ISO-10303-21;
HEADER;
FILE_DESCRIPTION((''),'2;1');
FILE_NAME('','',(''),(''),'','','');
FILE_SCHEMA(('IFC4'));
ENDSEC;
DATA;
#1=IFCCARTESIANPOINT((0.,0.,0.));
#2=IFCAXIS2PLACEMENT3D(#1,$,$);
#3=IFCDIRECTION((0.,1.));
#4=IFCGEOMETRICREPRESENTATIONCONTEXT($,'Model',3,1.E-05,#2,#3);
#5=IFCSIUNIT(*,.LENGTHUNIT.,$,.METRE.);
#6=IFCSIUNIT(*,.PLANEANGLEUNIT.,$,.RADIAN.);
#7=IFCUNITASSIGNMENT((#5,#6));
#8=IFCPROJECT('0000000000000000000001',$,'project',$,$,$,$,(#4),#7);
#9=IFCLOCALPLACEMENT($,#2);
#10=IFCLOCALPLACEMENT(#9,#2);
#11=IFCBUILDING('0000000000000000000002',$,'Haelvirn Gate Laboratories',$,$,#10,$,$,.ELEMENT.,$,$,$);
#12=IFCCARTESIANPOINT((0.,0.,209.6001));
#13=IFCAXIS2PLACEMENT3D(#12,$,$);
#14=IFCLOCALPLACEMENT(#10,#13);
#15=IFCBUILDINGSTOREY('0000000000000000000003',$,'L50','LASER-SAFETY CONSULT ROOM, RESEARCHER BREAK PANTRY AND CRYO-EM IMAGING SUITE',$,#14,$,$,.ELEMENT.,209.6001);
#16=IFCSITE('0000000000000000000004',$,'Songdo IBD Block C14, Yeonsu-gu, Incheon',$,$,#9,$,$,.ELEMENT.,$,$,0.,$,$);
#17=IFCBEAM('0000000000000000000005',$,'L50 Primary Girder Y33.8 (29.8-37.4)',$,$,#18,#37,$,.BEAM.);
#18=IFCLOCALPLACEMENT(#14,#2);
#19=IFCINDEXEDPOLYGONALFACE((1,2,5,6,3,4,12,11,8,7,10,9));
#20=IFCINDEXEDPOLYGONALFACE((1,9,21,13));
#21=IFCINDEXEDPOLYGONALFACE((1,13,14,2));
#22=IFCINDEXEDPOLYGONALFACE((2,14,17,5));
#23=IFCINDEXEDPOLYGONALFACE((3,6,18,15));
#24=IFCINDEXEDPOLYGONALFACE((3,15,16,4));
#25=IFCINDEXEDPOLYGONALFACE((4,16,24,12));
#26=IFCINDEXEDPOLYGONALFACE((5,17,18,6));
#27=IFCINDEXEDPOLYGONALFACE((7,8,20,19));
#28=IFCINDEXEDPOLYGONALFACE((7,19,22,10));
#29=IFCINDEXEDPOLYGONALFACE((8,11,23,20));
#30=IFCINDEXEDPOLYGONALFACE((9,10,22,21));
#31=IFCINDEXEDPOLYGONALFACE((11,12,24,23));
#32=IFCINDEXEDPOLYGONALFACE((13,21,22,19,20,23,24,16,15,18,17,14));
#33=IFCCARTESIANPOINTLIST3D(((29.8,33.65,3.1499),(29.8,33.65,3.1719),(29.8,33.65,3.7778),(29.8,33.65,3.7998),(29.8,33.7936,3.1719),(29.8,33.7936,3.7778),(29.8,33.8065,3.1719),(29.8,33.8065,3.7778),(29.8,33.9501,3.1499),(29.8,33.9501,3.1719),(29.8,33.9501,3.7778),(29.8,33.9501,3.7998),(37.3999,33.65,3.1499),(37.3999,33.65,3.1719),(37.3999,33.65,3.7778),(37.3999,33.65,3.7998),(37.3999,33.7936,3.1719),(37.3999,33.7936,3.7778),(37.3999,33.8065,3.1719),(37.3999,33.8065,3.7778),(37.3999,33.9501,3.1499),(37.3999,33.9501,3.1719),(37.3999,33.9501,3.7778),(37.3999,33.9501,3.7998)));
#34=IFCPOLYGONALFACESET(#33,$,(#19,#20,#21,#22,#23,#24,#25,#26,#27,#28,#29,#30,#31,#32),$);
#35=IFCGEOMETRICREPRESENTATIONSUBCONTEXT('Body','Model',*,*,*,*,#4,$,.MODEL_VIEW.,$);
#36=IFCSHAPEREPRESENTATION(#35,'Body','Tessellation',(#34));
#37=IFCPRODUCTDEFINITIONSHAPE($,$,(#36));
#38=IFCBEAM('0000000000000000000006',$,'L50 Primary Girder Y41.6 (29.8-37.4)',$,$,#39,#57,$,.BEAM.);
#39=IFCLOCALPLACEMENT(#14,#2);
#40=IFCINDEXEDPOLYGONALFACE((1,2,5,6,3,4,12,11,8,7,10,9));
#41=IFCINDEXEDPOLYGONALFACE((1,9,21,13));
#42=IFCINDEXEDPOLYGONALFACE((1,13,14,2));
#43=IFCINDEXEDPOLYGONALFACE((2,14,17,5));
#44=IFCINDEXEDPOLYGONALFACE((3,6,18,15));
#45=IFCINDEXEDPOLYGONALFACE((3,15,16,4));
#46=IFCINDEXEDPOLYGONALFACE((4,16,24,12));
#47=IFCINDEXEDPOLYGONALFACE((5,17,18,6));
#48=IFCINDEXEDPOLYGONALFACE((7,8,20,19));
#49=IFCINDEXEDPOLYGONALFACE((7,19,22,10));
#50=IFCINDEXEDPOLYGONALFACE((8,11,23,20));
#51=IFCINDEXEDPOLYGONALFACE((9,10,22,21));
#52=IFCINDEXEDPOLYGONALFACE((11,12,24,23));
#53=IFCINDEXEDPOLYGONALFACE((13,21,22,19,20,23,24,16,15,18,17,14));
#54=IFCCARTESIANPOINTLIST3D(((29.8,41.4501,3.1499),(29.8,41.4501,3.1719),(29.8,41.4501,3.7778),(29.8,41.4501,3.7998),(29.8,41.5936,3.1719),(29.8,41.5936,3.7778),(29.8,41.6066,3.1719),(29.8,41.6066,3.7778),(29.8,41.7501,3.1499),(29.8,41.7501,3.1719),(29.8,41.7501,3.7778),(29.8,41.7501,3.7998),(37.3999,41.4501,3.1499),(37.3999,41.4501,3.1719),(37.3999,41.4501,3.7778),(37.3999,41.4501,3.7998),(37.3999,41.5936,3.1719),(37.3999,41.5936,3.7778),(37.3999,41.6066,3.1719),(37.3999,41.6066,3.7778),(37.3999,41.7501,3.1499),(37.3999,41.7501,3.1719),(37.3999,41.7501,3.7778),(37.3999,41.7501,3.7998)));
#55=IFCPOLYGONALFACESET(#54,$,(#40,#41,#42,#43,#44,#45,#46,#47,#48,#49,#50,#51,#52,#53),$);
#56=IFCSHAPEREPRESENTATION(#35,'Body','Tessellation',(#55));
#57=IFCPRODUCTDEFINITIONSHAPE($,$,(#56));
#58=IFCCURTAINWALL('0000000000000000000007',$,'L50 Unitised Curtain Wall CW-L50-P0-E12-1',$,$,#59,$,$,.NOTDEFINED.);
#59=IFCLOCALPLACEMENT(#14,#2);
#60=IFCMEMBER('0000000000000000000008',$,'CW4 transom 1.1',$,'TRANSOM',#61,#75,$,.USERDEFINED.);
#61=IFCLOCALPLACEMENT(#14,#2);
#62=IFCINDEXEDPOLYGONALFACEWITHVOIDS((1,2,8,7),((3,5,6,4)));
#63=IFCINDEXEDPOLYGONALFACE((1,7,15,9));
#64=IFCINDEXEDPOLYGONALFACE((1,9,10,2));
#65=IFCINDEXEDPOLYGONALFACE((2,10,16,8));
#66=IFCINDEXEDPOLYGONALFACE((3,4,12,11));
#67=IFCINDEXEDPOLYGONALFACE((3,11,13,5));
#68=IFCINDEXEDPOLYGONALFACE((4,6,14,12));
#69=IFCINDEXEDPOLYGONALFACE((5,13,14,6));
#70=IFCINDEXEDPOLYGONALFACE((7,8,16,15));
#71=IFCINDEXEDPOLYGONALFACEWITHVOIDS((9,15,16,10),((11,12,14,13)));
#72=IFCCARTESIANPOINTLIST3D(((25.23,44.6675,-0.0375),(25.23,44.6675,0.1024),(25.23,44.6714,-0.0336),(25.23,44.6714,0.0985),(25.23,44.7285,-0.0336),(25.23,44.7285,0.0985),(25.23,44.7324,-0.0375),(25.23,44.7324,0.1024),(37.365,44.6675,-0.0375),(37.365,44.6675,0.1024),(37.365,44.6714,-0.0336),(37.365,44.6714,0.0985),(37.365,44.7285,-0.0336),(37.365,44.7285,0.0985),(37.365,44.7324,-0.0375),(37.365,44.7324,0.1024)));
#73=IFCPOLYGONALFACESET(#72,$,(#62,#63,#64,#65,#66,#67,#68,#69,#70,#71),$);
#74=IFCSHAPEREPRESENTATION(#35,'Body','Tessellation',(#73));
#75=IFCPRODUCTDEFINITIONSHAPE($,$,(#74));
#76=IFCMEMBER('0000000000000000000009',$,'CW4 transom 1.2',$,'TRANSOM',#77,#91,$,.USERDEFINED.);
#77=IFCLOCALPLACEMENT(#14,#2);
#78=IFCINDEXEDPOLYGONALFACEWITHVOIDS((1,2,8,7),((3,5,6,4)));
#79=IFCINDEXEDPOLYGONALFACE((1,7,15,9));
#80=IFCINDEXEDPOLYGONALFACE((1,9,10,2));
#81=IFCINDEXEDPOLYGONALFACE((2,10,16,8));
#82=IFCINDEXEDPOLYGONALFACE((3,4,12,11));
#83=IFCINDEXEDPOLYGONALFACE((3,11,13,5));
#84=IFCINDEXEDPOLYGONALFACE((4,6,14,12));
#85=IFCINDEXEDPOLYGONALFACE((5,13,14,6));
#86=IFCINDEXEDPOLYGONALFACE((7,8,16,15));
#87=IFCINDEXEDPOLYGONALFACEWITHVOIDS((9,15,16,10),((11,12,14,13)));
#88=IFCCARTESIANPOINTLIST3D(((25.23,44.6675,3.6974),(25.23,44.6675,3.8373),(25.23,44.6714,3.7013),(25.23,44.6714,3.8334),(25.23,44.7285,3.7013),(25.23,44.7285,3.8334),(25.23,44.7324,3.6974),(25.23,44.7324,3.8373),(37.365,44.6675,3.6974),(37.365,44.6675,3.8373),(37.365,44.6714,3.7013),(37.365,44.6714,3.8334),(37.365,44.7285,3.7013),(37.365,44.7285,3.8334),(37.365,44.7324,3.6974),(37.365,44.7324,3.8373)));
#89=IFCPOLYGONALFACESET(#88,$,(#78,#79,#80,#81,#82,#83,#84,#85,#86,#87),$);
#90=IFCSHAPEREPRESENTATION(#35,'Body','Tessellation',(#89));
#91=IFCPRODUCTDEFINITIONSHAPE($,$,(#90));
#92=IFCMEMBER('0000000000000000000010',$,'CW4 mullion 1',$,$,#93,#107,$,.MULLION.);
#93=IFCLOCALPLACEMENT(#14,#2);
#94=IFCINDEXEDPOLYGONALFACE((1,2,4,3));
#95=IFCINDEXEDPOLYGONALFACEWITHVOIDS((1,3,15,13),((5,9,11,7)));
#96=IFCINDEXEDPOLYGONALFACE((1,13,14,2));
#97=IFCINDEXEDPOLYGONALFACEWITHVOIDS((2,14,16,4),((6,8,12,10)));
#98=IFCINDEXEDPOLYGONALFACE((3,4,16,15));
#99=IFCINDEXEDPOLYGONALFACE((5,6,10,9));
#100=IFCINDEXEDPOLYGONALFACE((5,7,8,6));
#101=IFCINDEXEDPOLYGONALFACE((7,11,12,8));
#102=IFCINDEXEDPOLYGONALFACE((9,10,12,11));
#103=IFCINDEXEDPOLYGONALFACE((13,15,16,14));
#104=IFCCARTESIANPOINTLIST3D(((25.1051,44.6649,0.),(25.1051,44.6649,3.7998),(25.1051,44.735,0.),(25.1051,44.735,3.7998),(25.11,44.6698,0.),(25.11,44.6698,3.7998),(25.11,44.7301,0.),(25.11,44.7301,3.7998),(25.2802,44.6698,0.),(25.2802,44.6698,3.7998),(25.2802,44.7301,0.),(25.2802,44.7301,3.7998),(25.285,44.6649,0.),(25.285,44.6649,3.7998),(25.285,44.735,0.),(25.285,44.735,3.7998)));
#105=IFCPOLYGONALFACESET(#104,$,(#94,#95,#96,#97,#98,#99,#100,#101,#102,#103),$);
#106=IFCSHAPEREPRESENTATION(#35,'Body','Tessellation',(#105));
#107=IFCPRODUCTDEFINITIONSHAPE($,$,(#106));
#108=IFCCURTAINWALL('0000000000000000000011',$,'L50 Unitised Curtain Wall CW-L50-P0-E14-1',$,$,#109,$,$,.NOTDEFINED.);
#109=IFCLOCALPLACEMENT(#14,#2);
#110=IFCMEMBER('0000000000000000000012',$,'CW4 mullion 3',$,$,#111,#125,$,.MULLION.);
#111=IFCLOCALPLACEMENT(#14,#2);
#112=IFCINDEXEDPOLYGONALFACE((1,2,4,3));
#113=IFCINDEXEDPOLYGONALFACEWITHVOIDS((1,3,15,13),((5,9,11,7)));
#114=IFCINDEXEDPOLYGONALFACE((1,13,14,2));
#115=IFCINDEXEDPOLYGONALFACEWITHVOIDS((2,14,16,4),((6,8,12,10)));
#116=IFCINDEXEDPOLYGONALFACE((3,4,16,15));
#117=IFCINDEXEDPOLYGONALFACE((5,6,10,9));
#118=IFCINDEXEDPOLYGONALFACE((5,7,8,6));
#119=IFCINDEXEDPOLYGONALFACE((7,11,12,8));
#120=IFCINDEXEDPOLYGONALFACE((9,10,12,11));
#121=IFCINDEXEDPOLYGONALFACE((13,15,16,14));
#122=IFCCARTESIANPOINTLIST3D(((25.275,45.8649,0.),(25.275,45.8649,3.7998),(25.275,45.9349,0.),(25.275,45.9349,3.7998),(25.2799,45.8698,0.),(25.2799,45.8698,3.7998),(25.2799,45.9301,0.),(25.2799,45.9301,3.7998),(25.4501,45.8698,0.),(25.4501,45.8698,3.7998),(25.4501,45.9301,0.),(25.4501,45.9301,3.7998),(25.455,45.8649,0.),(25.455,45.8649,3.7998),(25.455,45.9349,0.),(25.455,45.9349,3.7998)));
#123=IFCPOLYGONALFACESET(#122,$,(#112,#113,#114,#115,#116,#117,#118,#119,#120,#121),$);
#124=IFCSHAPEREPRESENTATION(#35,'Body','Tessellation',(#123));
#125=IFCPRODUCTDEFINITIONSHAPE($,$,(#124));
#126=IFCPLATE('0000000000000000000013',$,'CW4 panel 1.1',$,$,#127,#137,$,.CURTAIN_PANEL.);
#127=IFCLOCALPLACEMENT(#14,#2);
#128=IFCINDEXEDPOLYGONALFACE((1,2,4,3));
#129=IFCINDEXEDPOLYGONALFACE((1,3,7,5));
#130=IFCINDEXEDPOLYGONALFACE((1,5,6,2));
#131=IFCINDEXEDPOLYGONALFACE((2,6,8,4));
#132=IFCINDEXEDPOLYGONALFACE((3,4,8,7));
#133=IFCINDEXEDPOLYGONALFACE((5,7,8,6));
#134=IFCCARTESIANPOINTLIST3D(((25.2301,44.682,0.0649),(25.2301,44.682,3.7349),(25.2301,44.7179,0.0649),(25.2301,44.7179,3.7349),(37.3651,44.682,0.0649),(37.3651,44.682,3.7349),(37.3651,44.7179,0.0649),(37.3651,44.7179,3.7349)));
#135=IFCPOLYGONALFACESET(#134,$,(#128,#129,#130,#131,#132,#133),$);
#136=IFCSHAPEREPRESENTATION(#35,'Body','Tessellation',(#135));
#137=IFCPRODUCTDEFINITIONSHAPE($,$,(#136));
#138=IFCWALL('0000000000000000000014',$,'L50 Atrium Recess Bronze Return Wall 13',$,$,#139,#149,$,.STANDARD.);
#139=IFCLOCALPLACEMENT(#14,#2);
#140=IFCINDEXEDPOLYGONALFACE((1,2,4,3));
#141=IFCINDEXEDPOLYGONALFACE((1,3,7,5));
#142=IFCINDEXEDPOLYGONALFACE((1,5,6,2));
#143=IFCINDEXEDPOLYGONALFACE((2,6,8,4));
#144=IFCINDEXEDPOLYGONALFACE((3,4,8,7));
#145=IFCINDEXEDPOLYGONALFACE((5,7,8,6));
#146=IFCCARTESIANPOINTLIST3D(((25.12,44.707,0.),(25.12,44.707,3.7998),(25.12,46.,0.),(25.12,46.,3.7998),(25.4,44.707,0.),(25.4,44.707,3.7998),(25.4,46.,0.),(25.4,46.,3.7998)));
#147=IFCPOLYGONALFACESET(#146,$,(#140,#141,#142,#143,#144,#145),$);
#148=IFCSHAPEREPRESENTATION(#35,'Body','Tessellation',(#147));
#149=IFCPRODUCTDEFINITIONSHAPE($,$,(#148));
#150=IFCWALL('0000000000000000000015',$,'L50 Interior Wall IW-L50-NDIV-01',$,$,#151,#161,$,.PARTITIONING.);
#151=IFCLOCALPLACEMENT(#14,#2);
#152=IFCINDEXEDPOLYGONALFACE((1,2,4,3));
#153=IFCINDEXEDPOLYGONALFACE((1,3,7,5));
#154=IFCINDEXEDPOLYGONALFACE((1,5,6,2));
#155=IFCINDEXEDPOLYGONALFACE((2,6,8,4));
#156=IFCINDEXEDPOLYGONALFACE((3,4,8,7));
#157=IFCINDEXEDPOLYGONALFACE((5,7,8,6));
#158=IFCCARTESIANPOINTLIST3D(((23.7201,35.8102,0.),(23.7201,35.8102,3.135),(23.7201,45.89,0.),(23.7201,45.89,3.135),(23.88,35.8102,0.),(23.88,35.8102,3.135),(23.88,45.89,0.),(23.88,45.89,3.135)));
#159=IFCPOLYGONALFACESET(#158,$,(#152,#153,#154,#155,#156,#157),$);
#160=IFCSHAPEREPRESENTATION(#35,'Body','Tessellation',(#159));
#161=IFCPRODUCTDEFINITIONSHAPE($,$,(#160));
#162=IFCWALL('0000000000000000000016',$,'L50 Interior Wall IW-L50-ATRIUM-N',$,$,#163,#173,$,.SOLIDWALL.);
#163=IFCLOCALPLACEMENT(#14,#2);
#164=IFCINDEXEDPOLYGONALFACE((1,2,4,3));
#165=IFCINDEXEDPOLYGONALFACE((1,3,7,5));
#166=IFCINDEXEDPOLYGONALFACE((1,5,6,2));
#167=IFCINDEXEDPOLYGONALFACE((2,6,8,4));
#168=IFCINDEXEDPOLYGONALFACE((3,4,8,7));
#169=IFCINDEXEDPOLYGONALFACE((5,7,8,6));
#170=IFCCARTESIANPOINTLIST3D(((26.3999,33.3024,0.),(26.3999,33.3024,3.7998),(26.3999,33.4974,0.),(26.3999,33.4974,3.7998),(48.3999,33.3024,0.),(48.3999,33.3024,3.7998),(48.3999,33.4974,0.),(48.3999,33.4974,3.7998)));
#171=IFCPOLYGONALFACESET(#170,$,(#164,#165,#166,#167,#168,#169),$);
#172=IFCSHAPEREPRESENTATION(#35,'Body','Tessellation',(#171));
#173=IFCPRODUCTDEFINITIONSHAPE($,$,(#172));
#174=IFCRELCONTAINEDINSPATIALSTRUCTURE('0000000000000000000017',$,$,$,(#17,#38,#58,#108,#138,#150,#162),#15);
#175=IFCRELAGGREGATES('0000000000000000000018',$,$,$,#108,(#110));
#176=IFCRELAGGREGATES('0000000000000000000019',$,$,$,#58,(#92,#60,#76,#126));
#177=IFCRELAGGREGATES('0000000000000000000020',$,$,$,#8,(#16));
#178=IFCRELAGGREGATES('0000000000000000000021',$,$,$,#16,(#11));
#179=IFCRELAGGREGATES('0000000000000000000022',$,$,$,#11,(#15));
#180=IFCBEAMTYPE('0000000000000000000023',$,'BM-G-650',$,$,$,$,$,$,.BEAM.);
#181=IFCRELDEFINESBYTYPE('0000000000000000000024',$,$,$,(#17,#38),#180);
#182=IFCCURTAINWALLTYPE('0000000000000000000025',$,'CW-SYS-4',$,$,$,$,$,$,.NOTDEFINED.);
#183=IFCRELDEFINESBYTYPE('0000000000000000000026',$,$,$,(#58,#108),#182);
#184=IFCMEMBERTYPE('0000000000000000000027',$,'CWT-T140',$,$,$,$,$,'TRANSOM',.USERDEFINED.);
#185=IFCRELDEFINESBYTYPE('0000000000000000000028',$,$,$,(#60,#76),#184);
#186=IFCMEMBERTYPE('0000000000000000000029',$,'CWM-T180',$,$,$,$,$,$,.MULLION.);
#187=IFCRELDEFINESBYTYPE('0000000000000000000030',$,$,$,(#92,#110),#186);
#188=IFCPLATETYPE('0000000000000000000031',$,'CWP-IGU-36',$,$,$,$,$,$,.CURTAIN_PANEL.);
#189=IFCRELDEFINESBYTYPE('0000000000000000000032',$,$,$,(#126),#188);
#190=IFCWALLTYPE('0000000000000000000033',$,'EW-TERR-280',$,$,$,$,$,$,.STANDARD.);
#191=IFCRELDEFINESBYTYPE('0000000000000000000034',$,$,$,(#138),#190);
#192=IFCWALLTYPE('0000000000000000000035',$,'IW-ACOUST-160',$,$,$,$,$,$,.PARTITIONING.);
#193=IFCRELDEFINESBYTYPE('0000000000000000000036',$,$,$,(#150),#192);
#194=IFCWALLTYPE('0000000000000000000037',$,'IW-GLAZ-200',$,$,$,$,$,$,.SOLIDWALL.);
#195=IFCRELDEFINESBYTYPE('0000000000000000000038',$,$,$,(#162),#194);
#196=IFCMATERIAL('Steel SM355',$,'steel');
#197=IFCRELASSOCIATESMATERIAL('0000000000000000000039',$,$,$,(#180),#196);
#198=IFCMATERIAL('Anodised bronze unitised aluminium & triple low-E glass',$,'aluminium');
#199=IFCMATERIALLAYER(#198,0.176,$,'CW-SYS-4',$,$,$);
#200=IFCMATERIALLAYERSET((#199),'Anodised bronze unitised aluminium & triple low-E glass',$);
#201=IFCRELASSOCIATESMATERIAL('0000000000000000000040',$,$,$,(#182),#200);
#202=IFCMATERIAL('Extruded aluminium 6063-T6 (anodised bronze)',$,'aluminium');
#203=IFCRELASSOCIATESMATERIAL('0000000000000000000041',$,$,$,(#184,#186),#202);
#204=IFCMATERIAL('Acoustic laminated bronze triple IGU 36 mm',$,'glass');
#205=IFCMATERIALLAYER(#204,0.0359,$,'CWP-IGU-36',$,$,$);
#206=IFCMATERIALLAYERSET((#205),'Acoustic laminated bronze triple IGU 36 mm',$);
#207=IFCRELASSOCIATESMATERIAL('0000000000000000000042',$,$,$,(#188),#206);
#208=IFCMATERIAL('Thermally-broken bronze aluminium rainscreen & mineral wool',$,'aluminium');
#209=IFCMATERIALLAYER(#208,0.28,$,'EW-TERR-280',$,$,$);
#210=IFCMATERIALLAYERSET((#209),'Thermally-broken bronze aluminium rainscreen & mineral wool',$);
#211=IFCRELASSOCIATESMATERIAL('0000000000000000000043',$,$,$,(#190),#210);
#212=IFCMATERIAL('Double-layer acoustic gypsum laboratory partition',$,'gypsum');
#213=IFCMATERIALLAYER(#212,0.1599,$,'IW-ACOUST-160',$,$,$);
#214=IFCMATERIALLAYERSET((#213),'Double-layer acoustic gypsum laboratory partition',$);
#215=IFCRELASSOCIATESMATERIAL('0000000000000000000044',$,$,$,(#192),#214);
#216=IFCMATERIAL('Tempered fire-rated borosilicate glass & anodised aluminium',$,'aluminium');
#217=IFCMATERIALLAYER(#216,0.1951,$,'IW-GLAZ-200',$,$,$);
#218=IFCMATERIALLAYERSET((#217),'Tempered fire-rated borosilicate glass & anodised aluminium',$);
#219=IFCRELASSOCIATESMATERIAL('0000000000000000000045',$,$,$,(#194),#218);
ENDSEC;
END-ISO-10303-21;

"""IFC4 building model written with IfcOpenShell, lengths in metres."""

from ifc_helpers import new_model, si_unit, direction, frame, frame_2d, origin, origin_2d, place, context, subcontext, project, spatial, rectangle, hollow_rectangle, i_section, extrude, source, transform, mapped, material, layer, layer_set, material_profile, profile_set, type_object, type_shapes, element, aggregate, save


model = new_model("IFC4")

# Units and contexts
model_context = context("Model", 3, precision=1e-05, world=origin(), true_north=direction((0.0, 1.0)))
body_context = subcontext(model_context, "Body", "Model", "MODEL_VIEW")
ifc_project = project(units=[si_unit("LENGTHUNIT", "METRE"), si_unit("PLANEANGLEUNIT", "RADIAN")], contexts=[model_context])

# Site, building, storey
site_placement = place(None, origin())
site = spatial("IfcSite", under=ifc_project, at=site_placement, Name="Songdo IBD Block C14, Yeonsu-gu, Incheon", CompositionType="ELEMENT", RefElevation=0.0)
building_placement = place(site_placement, origin())
building = spatial("IfcBuilding", under=site, at=building_placement, Name="Haelvirn Gate Laboratories", CompositionType="ELEMENT")
storey_placement = place(building_placement, frame((0.0, 0.0, 209.6001)))
storey = spatial("IfcBuildingStorey", under=building, at=storey_placement, Name="L50", Description="LASER-SAFETY CONSULT ROOM, RESEARCHER BREAK PANTRY AND CRYO-EM IMAGING SUITE", CompositionType="ELEMENT", Elevation=209.6001)

# Shared definitions
ifc_material_1 = material(Name="Steel SM355", Category="steel")

# Beams
ifc_material_profile_1 = material_profile(ifc_material_1, i_section(OverallWidth=0.3, OverallDepth=0.6499, WebThickness=0.0129, FlangeThickness=0.022, at=origin_2d()), Name="H-650x300x13x22")
ifc_profile_set_1 = profile_set([ifc_material_profile_1], Name="Steel SM355")
beam_type_1 = type_object("IfcBeamType", Name="BM-G-650", PredefinedType="BEAM", material=ifc_profile_set_1)
shared_shape_1 = source(origin(), body_context, "Body", "SweptSolid", [
    extrude(i_section(OverallWidth=0.3, OverallDepth=0.6499, WebThickness=0.0129, FlangeThickness=0.022, at=origin_2d()), origin(), (0.0, 0.0, 1.0), 7.5999),
])
for number, where, z_axis, x_axis, name in (
    (1, (29.8, 33.8, 3.4749), (1.0, 0.0, 0.0), (0.0, 1.0, 0.0), "L50 Primary Girder Y33.8 (29.8-37.4)"),
    (2, (29.8, 41.6001, 3.4749), (1.0, 0.0, 0.0), (0.0, 1.0, 0.0), "L50 Primary Girder Y41.6 (29.8-37.4)"),
):
    element("IfcBeam", number, at=place(storey_placement, frame(where, z_axis=z_axis, x_axis=x_axis)), inside=storey, type_object=beam_type_1, Name=name, PredefinedType="BEAM", context=body_context, shape_type="MappedRepresentation", body=[
        mapped(shared_shape_1, transform((0.0, 0.0, 0.0), scale=1.0)),
    ])

# Curtain wall, members
ifc_material_2 = material(Name="Anodised bronze unitised aluminium & triple low-E glass", Category="aluminium")
ifc_layer_1 = layer(ifc_material_2, 0.176, Name="CW-SYS-4")
ifc_layer_set_1 = layer_set([ifc_layer_1], Name="Anodised bronze unitised aluminium & triple low-E glass")
curtain_wall_type = type_object("IfcCurtainWallType", Name="CW-SYS-4", PredefinedType="NOTDEFINED", material=ifc_layer_set_1)
curtain_wall_1_placement = place(storey_placement, origin())
curtain_wall_1 = element("IfcCurtainWall", 3, at=curtain_wall_1_placement, inside=storey, type_object=curtain_wall_type, Name="L50 Unitised Curtain Wall CW-L50-P0-E12-1", PredefinedType="NOTDEFINED")
ifc_material_3 = material(Name="Extruded aluminium 6063-T6 (anodised bronze)", Category="aluminium")
ifc_material_profile_2 = material_profile(ifc_material_3, hollow_rectangle(XDim=0.0649, YDim=0.1399, WallThickness=0.0039, at=origin_2d()), Name="CWT-140x65x4")
ifc_profile_set_2 = profile_set([ifc_material_profile_2], Name="Extruded aluminium 6063-T6 (anodised bronze)")
member_type_1 = type_object("IfcMemberType", Name="CWT-T140", ElementType="TRANSOM", PredefinedType="USERDEFINED", material=ifc_profile_set_2)
shared_shape_2 = source(origin(), body_context, "Body", "SweptSolid", [
    extrude(hollow_rectangle(XDim=0.0649, YDim=0.1399, WallThickness=0.0039, at=origin_2d()), origin(), (0.0, 0.0, 1.0), 12.135),
])
type_shapes(member_type_1, [shared_shape_2])
member_1_placement = place(storey_placement, frame((25.23, 44.7, 0.0325), z_axis=(1.0, 0.0, 0.0), x_axis=(0.0, 1.0, 0.0)))
member_1 = element("IfcMember", 4, at=member_1_placement, type_object=member_type_1, Name="CW4 transom 1.1", ObjectType="TRANSOM", PredefinedType="USERDEFINED", context=body_context, shape_type="MappedRepresentation", body=[
    mapped(shared_shape_2, transform((0.0, 0.0, 0.0), scale=1.0)),
])
member_2_placement = place(storey_placement, frame((25.23, 44.7, 3.7673), z_axis=(1.0, 0.0, 0.0), x_axis=(0.0, 1.0, 0.0)))
member_2 = element("IfcMember", 5, at=member_2_placement, type_object=member_type_1, Name="CW4 transom 1.2", ObjectType="TRANSOM", PredefinedType="USERDEFINED", context=body_context, shape_type="MappedRepresentation", body=[
    mapped(shared_shape_2, transform((0.0, 0.0, 0.0), scale=1.0)),
])
ifc_material_profile_3 = material_profile(ifc_material_3, hollow_rectangle(XDim=0.0701, YDim=0.1799, WallThickness=0.0049, at=origin_2d()), Name="CWM-180x70x5")
ifc_profile_set_3 = profile_set([ifc_material_profile_3], Name="Extruded aluminium 6063-T6 (anodised bronze)")
member_type_2 = type_object("IfcMemberType", Name="CWM-T180", PredefinedType="MULLION", material=ifc_profile_set_3)
shared_shape_3 = source(origin(), body_context, "Body", "SweptSolid", [
    extrude(hollow_rectangle(XDim=0.0701, YDim=0.1799, WallThickness=0.0049, at=origin_2d()), origin(), (0.0, 0.0, 1.0), 3.7998),
])
type_shapes(member_type_2, [shared_shape_3])
member_3_placement = place(storey_placement, frame((25.1951, 44.7, 0.0), z_axis=(0.0, 0.0, 1.0), x_axis=(0.0, 1.0, 0.0)))
member_3 = element("IfcMember", 6, at=member_3_placement, type_object=member_type_2, Name="CW4 mullion 1", PredefinedType="MULLION", context=body_context, shape_type="MappedRepresentation", body=[
    mapped(shared_shape_3, transform((0.0, 0.0, 0.0), scale=1.0)),
])

# Curtain wall, member
curtain_wall_2_placement = place(storey_placement, origin())
curtain_wall_2 = element("IfcCurtainWall", 7, at=curtain_wall_2_placement, inside=storey, type_object=curtain_wall_type, Name="L50 Unitised Curtain Wall CW-L50-P0-E14-1", PredefinedType="NOTDEFINED")
member_4_placement = place(storey_placement, frame((25.365, 45.8999, 0.0), z_axis=(0.0, 0.0, 1.0), x_axis=(0.0, 1.0, 0.0)))
member_4 = element("IfcMember", 8, at=member_4_placement, type_object=member_type_2, Name="CW4 mullion 3", PredefinedType="MULLION", context=body_context, shape_type="MappedRepresentation", body=[
    mapped(shared_shape_3, transform((0.0, 0.0, 0.0), scale=1.0)),
])
aggregate(curtain_wall_2, [member_4])

# Plate
ifc_material_4 = material(Name="Acoustic laminated bronze triple IGU 36 mm", Category="glass")
ifc_layer_2 = layer(ifc_material_4, 0.0359, Name="CWP-IGU-36")
ifc_layer_set_2 = layer_set([ifc_layer_2], Name="Acoustic laminated bronze triple IGU 36 mm")
plate_type = type_object("IfcPlateType", Name="CWP-IGU-36", PredefinedType="CURTAIN_PANEL", material=ifc_layer_set_2)
shared_shape_4 = source(origin(), body_context, "Body", "SweptSolid", [
    extrude(rectangle(XDim=12.135, YDim=0.0359, at=origin_2d()), origin(), (0.0, 0.0, 1.0), 3.6699),
])
type_shapes(plate_type, [shared_shape_4])
plate_placement = place(storey_placement, frame((31.2976, 44.7, 0.0649), z_axis=(0.0, 0.0, 1.0), x_axis=(1.0, 0.0, 0.0)))
plate = element("IfcPlate", 9, at=plate_placement, type_object=plate_type, Name="CW4 panel 1.1", PredefinedType="CURTAIN_PANEL", context=body_context, shape_type="MappedRepresentation", body=[
    mapped(shared_shape_4, transform((0.0, 0.0, 0.0), scale=1.0)),
])
aggregate(curtain_wall_1, [member_3, member_1, member_2, plate])

# Walls
ifc_material_5 = material(Name="Thermally-broken bronze aluminium rainscreen & mineral wool", Category="aluminium")
ifc_layer_3 = layer(ifc_material_5, 0.28, Name="EW-TERR-280")
ifc_layer_set_3 = layer_set([ifc_layer_3], Name="Thermally-broken bronze aluminium rainscreen & mineral wool")
wall_type_1 = type_object("IfcWallType", Name="EW-TERR-280", PredefinedType="STANDARD", material=ifc_layer_set_3)
wall_1_placement = place(storey_placement, frame((25.26, 44.707, 0.0), z_axis=(0.0, 0.0, 1.0), x_axis=(0.0, 1.0, 0.0)))
element("IfcWall", 10, at=wall_1_placement, inside=storey, type_object=wall_type_1, Name="L50 Atrium Recess Bronze Return Wall 13", PredefinedType="STANDARD", context=body_context, shape_type="SweptSolid", body=[
    extrude(rectangle(XDim=1.293, YDim=0.28, at=frame_2d((0.6465, 0.0))), origin(), (0.0, 0.0, 1.0), 3.7998),
])
ifc_material_6 = material(Name="Double-layer acoustic gypsum laboratory partition", Category="gypsum")
ifc_layer_4 = layer(ifc_material_6, 0.1599, Name="IW-ACOUST-160")
ifc_layer_set_4 = layer_set([ifc_layer_4], Name="Double-layer acoustic gypsum laboratory partition")
wall_type_2 = type_object("IfcWallType", Name="IW-ACOUST-160", PredefinedType="PARTITIONING", material=ifc_layer_set_4)
wall_2_placement = place(storey_placement, frame((23.8, 35.8101, 0.0), z_axis=(0.0, 0.0, 1.0), x_axis=(0.0, 1.0, 0.0)))
element("IfcWall", 11, at=wall_2_placement, inside=storey, type_object=wall_type_2, Name="L50 Interior Wall IW-L50-NDIV-01", PredefinedType="PARTITIONING", context=body_context, shape_type="SweptSolid", body=[
    extrude(rectangle(XDim=10.0798, YDim=0.1599, at=frame_2d((5.04, 0.0))), origin(), (0.0, 0.0, 1.0), 3.135),
])
ifc_material_7 = material(Name="Tempered fire-rated borosilicate glass & anodised aluminium", Category="aluminium")
ifc_layer_5 = layer(ifc_material_7, 0.1951, Name="IW-GLAZ-200")
ifc_layer_set_5 = layer_set([ifc_layer_5], Name="Tempered fire-rated borosilicate glass & anodised aluminium")
wall_type_3 = type_object("IfcWallType", Name="IW-GLAZ-200", PredefinedType="SOLIDWALL", material=ifc_layer_set_5)
wall_3_placement = place(storey_placement, frame((26.3999, 33.3999, 0.0), z_axis=(0.0, 0.0, 1.0), x_axis=(1.0, 0.0, 0.0)))
element("IfcWall", 12, at=wall_3_placement, inside=storey, type_object=wall_type_3, Name="L50 Interior Wall IW-L50-ATRIUM-N", PredefinedType="SOLIDWALL", context=body_context, shape_type="SweptSolid", body=[
    extrude(rectangle(XDim=22.0, YDim=0.1951, at=frame_2d((11.0, 0.0))), origin(), (0.0, 0.0, 1.0), 3.7998),
])

save(model, "model.ifc")
